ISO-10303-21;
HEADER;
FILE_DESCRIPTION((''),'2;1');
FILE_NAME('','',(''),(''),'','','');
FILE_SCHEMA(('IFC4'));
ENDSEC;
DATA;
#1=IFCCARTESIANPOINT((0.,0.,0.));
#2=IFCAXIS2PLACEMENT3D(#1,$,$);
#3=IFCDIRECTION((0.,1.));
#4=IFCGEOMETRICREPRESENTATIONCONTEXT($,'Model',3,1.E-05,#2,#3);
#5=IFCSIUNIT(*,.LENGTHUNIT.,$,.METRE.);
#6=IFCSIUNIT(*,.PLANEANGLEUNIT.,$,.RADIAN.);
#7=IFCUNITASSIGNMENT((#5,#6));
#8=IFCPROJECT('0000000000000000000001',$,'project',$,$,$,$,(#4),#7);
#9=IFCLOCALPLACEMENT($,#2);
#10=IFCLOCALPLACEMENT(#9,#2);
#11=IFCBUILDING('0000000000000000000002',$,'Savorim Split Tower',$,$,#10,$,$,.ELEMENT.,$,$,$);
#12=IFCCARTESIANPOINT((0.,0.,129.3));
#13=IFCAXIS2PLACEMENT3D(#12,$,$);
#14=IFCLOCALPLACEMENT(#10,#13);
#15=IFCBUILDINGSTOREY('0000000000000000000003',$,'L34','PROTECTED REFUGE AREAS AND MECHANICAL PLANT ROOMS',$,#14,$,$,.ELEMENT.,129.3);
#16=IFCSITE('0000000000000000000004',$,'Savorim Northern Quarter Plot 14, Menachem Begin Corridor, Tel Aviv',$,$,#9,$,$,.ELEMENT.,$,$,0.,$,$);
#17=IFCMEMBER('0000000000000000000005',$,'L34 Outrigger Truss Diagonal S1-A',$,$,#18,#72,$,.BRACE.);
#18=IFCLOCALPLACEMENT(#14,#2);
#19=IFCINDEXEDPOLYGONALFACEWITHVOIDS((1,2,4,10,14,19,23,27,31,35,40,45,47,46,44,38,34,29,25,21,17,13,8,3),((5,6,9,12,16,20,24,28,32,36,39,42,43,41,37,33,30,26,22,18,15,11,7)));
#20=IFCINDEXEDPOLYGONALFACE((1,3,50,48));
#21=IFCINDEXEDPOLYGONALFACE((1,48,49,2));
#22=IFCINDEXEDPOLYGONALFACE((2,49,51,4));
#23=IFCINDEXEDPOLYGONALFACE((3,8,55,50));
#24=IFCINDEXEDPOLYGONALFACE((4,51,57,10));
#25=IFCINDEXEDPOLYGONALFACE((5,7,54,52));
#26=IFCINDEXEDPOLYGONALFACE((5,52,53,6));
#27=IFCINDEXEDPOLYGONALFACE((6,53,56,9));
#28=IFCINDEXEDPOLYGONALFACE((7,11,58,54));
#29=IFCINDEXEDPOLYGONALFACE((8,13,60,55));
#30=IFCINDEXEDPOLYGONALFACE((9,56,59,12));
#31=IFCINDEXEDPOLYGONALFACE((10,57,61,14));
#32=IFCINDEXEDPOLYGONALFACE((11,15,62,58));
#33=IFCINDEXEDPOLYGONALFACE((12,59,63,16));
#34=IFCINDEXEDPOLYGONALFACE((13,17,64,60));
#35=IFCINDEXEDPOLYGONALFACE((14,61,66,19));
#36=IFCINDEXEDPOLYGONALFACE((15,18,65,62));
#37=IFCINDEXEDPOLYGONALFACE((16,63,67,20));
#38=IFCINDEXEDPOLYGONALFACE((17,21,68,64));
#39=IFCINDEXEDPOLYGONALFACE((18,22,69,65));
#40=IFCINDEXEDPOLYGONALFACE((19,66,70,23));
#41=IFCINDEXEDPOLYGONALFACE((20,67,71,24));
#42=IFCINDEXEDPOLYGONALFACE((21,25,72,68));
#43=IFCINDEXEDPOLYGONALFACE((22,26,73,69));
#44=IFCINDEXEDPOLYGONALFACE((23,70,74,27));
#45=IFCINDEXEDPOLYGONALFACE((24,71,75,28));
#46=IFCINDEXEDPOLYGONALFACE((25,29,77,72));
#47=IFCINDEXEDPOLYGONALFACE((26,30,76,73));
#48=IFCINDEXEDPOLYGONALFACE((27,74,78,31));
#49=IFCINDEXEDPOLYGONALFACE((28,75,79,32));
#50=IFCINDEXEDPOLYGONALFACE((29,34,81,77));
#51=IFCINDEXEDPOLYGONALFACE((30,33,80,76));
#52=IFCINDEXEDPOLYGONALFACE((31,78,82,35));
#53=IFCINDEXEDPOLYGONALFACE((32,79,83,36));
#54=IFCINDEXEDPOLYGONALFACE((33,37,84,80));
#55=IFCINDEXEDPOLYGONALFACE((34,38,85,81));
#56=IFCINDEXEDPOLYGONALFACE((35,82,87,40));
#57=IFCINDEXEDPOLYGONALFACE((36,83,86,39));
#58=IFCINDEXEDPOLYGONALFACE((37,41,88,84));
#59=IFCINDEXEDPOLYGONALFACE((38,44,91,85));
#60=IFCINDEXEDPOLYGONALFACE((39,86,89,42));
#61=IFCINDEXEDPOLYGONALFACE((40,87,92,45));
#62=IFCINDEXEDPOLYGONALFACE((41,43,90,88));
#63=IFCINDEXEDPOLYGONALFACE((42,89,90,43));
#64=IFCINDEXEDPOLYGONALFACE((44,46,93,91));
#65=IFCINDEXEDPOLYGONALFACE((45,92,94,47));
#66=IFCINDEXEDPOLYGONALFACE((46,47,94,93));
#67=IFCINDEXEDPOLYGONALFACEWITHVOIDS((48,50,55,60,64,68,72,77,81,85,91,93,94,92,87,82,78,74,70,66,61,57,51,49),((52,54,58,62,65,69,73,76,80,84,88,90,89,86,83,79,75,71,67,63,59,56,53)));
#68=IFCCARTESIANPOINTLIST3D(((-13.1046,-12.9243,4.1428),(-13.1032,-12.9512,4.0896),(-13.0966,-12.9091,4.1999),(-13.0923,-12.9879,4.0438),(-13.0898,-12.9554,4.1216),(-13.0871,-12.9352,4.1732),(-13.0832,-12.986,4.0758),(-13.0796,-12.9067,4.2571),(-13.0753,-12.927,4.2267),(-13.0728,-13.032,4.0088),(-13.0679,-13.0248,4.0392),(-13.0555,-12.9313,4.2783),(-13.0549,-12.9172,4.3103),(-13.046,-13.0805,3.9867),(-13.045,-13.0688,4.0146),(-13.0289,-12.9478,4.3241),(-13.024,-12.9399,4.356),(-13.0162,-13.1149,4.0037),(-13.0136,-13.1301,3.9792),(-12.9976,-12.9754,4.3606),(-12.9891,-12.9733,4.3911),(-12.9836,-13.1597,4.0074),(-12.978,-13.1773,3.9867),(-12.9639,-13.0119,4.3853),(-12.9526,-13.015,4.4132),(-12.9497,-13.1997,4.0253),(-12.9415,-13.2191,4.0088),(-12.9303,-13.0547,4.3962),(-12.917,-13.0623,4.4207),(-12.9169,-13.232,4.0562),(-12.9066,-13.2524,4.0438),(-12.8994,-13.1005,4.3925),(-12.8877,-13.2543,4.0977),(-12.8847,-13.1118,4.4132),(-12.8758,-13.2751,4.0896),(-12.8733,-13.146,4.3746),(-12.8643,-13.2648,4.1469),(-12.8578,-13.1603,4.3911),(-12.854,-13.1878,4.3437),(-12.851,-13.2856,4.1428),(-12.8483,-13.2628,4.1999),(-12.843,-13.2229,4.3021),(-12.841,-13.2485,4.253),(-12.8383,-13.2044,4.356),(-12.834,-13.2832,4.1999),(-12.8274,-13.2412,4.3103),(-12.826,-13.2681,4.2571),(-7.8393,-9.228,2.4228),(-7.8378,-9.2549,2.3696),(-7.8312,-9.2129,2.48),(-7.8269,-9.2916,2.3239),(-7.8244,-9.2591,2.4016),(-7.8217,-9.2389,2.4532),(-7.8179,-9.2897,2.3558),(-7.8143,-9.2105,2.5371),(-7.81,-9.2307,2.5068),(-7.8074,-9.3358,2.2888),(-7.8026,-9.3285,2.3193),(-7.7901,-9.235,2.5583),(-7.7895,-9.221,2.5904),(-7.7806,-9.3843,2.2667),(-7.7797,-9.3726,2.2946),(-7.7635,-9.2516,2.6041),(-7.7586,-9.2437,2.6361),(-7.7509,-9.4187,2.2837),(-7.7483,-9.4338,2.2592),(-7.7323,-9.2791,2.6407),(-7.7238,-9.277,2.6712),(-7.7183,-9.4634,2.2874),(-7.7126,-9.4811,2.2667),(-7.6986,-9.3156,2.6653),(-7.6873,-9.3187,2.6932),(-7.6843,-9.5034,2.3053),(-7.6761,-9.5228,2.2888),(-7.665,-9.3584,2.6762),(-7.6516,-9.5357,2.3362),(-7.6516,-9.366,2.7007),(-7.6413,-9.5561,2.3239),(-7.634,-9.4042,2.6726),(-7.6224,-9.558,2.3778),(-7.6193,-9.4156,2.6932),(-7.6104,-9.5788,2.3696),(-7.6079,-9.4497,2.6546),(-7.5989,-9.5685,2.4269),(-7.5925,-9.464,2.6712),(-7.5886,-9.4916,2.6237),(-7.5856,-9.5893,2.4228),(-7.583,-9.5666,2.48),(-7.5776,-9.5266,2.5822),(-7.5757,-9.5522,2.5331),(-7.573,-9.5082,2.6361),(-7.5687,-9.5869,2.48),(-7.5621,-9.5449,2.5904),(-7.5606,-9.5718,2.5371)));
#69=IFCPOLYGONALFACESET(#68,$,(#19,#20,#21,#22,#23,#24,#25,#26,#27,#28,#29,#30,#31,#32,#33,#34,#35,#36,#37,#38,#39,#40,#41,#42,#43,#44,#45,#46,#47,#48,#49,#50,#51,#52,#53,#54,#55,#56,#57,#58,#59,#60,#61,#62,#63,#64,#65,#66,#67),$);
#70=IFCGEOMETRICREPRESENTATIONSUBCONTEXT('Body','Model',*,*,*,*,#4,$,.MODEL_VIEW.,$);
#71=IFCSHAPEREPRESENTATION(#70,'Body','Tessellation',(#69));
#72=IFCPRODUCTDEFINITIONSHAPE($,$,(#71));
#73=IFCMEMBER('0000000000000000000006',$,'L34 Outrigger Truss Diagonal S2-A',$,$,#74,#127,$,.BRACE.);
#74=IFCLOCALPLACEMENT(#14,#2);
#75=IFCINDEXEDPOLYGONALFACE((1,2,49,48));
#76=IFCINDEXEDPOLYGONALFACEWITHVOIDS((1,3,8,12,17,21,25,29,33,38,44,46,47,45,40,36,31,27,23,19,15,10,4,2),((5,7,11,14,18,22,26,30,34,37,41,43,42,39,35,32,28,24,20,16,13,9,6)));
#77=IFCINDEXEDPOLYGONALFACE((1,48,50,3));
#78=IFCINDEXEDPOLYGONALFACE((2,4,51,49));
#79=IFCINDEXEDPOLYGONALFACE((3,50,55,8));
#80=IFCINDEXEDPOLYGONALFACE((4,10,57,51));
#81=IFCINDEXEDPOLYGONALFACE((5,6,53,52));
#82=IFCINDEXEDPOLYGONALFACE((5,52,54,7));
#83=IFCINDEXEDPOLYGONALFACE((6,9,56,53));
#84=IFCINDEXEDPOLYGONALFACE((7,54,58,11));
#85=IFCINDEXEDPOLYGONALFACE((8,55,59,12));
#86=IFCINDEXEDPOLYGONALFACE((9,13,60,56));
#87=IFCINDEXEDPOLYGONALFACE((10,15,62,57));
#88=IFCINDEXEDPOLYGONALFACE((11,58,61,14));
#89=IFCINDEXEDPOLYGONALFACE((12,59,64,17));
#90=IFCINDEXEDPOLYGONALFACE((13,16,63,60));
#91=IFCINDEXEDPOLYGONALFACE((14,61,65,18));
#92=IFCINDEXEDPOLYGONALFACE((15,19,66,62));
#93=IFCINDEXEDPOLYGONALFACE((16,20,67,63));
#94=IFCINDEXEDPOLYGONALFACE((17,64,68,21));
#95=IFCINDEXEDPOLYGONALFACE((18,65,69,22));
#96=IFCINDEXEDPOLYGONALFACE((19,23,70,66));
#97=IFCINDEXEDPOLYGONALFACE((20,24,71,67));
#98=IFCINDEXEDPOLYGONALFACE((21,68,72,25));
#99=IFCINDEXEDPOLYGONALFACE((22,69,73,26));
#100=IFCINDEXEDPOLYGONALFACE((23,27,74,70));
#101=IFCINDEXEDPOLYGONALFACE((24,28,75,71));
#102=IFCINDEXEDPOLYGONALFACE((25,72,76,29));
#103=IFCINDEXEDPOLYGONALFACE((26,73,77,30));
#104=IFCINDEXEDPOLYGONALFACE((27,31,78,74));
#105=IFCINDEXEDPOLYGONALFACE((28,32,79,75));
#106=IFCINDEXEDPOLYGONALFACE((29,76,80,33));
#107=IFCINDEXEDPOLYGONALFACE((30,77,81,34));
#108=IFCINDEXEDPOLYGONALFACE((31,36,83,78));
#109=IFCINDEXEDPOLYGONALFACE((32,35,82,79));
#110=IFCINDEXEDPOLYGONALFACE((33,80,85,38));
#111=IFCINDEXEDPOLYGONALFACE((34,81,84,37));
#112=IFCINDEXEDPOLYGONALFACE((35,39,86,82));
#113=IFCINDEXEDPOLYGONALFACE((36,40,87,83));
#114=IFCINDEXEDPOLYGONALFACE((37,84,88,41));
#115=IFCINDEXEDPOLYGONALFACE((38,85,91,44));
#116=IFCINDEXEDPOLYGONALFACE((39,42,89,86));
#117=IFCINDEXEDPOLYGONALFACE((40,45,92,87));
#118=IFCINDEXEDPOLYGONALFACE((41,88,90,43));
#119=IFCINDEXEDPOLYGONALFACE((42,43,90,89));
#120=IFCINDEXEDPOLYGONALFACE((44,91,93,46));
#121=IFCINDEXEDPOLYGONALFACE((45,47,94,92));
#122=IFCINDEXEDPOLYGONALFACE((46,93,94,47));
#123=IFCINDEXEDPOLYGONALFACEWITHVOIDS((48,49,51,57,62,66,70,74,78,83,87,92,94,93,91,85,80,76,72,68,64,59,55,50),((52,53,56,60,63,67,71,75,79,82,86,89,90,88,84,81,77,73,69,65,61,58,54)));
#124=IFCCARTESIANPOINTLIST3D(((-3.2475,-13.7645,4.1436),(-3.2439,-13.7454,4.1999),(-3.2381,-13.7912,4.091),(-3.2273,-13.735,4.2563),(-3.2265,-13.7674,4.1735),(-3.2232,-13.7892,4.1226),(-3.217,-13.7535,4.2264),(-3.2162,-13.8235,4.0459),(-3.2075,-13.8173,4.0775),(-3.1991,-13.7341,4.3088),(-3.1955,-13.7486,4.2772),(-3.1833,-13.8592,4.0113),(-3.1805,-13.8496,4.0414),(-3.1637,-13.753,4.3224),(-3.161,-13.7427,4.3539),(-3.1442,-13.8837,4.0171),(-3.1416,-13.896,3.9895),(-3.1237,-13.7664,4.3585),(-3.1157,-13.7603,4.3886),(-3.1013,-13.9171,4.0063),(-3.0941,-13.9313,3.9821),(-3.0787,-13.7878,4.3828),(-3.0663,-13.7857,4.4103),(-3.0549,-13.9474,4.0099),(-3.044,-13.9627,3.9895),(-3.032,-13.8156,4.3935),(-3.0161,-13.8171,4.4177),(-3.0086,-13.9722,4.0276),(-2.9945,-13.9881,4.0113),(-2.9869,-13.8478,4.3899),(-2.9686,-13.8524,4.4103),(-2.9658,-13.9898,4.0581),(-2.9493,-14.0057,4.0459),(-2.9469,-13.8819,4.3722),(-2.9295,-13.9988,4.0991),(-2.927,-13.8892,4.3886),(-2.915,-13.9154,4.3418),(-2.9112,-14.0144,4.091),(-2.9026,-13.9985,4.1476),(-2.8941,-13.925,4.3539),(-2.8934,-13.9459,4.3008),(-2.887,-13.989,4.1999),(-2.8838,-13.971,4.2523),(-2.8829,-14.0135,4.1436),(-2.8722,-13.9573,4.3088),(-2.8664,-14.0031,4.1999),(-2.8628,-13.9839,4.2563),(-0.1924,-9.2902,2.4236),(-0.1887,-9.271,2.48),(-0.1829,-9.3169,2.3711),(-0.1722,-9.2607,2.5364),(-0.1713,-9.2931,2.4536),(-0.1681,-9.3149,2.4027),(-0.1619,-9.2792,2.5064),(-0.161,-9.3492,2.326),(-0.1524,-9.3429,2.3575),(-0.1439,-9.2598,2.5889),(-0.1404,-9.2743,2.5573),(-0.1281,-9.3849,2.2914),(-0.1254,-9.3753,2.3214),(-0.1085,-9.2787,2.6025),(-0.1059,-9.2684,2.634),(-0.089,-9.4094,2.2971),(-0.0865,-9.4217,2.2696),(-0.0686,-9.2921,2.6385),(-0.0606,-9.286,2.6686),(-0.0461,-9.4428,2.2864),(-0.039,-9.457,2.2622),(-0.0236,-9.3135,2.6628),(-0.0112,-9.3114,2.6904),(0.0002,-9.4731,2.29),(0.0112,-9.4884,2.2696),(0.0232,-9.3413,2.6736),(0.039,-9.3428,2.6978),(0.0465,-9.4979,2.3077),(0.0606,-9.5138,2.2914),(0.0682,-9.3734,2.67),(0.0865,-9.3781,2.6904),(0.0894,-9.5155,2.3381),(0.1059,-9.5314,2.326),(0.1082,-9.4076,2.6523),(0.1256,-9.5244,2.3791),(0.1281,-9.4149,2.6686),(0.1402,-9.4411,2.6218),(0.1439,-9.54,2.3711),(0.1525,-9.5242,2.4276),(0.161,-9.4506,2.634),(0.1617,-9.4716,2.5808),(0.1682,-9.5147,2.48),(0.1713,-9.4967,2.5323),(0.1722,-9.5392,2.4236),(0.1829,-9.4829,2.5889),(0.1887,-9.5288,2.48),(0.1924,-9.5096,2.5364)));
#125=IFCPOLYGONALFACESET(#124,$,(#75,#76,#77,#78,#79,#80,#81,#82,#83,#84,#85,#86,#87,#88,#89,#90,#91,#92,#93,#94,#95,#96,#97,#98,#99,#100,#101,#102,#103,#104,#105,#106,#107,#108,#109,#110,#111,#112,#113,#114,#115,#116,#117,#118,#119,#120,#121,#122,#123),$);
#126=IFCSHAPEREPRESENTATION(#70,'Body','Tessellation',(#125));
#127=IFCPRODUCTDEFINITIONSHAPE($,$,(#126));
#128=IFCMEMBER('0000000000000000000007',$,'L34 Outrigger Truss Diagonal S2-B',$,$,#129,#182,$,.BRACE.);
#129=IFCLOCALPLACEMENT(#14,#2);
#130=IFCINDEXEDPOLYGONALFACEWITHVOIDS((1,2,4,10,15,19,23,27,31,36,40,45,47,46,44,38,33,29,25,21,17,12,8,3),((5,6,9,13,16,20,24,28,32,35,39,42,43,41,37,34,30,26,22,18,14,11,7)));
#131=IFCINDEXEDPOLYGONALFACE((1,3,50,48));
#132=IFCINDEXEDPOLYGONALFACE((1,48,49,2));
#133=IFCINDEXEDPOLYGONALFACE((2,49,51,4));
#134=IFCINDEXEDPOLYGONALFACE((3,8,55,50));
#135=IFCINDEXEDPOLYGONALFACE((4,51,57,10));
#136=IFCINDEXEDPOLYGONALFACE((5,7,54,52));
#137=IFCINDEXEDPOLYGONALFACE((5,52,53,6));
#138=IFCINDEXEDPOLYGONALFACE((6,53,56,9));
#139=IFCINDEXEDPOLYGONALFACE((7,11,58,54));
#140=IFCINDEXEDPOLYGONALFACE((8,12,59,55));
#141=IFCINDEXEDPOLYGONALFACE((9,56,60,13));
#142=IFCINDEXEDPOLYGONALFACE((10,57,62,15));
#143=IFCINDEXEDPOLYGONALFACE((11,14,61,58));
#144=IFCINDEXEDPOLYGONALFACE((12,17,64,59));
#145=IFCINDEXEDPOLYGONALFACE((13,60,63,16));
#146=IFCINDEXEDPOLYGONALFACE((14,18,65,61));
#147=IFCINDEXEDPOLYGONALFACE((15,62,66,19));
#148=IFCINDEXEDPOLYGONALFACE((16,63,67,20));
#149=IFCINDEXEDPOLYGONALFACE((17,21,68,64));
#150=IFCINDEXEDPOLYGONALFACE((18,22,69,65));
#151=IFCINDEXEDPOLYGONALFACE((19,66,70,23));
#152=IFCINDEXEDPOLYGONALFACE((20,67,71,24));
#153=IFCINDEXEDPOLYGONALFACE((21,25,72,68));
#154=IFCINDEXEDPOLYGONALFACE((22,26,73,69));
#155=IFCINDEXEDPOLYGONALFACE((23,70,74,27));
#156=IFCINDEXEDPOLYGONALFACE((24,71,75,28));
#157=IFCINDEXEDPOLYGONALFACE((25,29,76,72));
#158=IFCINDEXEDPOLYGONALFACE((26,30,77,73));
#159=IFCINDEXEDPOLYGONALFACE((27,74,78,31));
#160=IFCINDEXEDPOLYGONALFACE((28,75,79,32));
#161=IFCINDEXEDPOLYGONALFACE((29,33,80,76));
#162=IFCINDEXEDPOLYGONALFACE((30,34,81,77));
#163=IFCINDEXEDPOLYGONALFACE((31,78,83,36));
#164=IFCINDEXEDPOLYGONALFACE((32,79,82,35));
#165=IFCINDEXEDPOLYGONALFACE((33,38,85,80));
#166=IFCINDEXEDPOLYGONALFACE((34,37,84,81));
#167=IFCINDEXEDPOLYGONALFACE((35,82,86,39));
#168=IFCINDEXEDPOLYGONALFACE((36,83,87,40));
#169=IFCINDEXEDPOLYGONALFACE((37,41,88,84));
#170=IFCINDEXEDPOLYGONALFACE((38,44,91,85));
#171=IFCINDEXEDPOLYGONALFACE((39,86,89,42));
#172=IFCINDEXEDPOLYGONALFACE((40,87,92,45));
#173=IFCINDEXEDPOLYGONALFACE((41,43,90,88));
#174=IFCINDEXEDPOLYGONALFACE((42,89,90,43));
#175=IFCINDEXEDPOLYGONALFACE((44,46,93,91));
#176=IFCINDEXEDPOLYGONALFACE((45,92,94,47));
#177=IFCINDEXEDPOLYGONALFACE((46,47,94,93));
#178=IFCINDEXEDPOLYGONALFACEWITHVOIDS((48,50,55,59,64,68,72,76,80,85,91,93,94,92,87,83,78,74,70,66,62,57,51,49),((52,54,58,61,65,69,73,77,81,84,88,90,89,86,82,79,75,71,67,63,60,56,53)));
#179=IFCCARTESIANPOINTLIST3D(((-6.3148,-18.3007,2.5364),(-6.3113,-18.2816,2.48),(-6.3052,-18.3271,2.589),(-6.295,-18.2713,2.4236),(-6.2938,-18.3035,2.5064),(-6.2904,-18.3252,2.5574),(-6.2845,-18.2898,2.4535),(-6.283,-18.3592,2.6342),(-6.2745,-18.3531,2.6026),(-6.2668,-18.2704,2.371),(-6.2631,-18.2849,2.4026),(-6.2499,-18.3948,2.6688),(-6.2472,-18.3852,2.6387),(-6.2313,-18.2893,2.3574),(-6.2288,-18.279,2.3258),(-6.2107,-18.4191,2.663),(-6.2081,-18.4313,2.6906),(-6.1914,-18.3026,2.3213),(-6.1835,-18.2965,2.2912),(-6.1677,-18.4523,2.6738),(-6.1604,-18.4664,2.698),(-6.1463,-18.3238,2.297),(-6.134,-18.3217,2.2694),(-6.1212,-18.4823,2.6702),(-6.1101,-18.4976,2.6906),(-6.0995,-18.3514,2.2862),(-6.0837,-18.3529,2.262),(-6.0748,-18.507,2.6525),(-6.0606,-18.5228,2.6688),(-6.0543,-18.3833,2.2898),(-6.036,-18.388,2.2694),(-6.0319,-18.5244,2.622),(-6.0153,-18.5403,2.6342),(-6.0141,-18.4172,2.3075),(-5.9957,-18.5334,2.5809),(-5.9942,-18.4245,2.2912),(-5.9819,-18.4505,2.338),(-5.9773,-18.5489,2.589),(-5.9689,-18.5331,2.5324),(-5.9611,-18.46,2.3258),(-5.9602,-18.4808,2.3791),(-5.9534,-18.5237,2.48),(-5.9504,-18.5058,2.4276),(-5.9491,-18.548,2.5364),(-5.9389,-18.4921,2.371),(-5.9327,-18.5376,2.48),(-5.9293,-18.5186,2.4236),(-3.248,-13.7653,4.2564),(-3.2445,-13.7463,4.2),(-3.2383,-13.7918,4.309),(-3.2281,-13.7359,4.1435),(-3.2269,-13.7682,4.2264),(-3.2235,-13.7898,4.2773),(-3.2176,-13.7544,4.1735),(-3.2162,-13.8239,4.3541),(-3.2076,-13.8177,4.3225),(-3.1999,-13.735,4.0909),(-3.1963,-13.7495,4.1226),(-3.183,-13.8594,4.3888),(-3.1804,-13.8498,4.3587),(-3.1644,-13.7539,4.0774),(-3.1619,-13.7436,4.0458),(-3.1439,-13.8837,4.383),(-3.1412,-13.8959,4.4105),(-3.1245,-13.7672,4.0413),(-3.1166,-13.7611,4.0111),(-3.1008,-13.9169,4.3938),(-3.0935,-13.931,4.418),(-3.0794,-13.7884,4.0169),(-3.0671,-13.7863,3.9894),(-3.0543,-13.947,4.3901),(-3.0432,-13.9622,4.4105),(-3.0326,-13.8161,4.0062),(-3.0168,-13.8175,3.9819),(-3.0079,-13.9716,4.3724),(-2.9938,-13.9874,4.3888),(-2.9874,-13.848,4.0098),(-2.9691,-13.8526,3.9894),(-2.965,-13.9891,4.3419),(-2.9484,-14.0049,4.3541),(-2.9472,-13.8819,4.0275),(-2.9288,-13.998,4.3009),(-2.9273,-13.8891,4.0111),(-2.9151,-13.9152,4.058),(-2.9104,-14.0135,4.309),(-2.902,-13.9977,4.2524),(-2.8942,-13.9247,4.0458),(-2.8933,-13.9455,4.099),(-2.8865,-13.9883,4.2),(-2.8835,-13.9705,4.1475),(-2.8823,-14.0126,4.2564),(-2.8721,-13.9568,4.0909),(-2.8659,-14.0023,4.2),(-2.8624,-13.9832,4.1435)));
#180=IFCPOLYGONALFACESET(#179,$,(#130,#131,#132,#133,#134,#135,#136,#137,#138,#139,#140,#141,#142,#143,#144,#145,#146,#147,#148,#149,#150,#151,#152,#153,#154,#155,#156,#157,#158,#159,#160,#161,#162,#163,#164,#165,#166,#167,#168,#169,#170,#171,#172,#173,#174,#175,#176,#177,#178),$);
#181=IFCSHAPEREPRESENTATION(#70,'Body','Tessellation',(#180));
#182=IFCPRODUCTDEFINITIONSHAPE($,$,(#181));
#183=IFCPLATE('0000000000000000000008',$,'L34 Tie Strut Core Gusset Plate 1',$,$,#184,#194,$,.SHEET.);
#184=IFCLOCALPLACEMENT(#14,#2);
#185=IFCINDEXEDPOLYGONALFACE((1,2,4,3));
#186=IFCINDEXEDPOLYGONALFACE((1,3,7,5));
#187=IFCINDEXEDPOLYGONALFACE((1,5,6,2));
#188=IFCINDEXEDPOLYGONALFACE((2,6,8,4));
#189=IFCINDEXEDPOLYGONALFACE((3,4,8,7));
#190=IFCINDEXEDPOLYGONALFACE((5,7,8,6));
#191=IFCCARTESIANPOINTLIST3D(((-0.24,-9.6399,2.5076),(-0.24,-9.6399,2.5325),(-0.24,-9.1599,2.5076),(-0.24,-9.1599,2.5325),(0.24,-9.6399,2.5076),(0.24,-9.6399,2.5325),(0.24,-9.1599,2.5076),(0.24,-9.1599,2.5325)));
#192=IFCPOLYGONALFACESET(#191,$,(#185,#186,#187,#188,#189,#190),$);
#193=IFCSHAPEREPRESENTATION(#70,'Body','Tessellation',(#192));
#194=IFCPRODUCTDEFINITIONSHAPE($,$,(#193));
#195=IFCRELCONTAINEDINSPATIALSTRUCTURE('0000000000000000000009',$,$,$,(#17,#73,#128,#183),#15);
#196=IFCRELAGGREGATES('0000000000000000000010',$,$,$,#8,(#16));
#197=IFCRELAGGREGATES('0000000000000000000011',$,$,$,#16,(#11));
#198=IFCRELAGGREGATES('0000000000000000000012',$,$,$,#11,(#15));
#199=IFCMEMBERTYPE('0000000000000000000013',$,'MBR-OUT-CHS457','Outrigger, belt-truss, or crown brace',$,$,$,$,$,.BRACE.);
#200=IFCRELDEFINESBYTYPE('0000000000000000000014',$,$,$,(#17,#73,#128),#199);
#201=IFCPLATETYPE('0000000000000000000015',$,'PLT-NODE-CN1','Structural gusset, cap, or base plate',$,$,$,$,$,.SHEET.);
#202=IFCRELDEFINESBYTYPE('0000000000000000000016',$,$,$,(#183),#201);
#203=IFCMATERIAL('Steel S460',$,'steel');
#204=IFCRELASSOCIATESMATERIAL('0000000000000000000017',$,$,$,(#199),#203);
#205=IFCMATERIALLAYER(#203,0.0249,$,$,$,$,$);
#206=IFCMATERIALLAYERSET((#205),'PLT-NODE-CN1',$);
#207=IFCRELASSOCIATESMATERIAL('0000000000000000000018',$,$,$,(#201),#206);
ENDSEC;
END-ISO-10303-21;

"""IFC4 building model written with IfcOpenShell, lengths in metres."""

from ifc_helpers import new_model, si_unit, direction, frame, origin, origin_2d, place, context, subcontext, project, spatial, rectangle, hollow_circle, extrude, material, layer, layer_set, material_profile, profile_set, type_object, element, save


model = new_model("IFC4")

# Units and contexts
model_context = context("Model", 3, precision=1e-05, world=origin(), true_north=direction((0.0, 1.0)))
body_context = subcontext(model_context, "Body", "Model", "MODEL_VIEW")
ifc_project = project(units=[si_unit("LENGTHUNIT", "METRE"), si_unit("PLANEANGLEUNIT", "RADIAN")], contexts=[model_context])

# Site, building, storey
site_placement = place(None, origin())
site = spatial("IfcSite", under=ifc_project, at=site_placement, Name="Savorim Northern Quarter Plot 14, Menachem Begin Corridor, Tel Aviv", CompositionType="ELEMENT", RefElevation=0.0)
building_placement = place(site_placement, origin())
building = spatial("IfcBuilding", under=site, at=building_placement, Name="Savorim Split Tower", CompositionType="ELEMENT")
storey_placement = place(building_placement, frame((0.0, 0.0, 129.3)))
storey = spatial("IfcBuildingStorey", under=building, at=storey_placement, Name="L34", Description="PROTECTED REFUGE AREAS AND MECHANICAL PLANT ROOMS", CompositionType="ELEMENT", Elevation=129.3)

# Shared definitions
ifc_material_1 = material(Name="Steel S460", Category="steel")

# Members
ifc_material_profile_1 = material_profile(ifc_material_1, hollow_circle(Radius=0.2285, WallThickness=0.0249, at=origin_2d()), Name="CHS 457x25")
ifc_profile_set_1 = profile_set([ifc_material_profile_1], Name="Steel S460")
member_type_1 = type_object("IfcMemberType", Name="MBR-OUT-CHS457", Description="Outrigger, belt-truss, or crown brace", PredefinedType="BRACE", material=ifc_profile_set_1)
member_1_placement = place(storey_placement, frame((-7.7, -9.3999, 2.48), z_axis=(-0.790691, -0.555064, 0.258284), x_axis=(0.57456, -0.818463, 0.0)))
element("IfcMember", 1, at=member_1_placement, inside=storey, type_object=member_type_1, Name="L34 Outrigger Truss Diagonal S1-A", PredefinedType="BRACE", context=body_context, shape_type="SweptSolid", body=[
    extrude(hollow_circle(Radius=0.2285, WallThickness=0.0249, at=origin_2d()), origin(), (0.0, 0.0, 1.0), 6.6592),
])
member_2_placement = place(storey_placement, frame((0.0, -9.3999, 2.48), z_axis=(-0.537467, -0.787131, 0.302578), x_axis=(0.825843, -0.5639, 0.0)))
element("IfcMember", 2, at=member_2_placement, inside=storey, type_object=member_type_1, Name="L34 Outrigger Truss Diagonal S2-A", PredefinedType="BRACE", context=body_context, shape_type="SweptSolid", body=[
    extrude(hollow_circle(Radius=0.2285, WallThickness=0.0249, at=origin_2d()), origin(), (0.0, 0.0, 1.0), 5.6843),
])
member_3_placement = place(storey_placement, frame((-3.0552, -13.8743, 4.2), z_axis=(-0.534413, -0.790303, -0.299708), x_axis=(0.828383, -0.560163, 0.0)))
element("IfcMember", 3, at=member_3_placement, inside=storey, type_object=member_type_1, Name="L34 Outrigger Truss Diagonal S2-B", PredefinedType="BRACE", context=body_context, shape_type="SweptSolid", body=[
    extrude(hollow_circle(Radius=0.2285, WallThickness=0.0249, at=origin_2d()), origin(), (0.0, 0.0, 1.0), 5.7388),
])

# Plate
ifc_layer_1 = layer(ifc_material_1, 0.0249)
ifc_layer_set_1 = layer_set([ifc_layer_1], Name="PLT-NODE-CN1")
plate_type_1 = type_object("IfcPlateType", Name="PLT-NODE-CN1", Description="Structural gusset, cap, or base plate", PredefinedType="SHEET", material=ifc_layer_set_1)
plate_1_placement = place(storey_placement, frame((0.0, -9.3999, 2.5076), z_axis=(0.0, 0.0, 1.0), x_axis=(1.0, 0.0, 0.0)))
element("IfcPlate", 4, at=plate_1_placement, inside=storey, type_object=plate_type_1, Name="L34 Tie Strut Core Gusset Plate 1", PredefinedType="SHEET", context=body_context, shape_type="SweptSolid", body=[
    extrude(rectangle(XDim=0.48, YDim=0.48, at=origin_2d()), origin(), (0.0, 0.0, 1.0), 0.0249),
])

save(model, "model.ifc")
